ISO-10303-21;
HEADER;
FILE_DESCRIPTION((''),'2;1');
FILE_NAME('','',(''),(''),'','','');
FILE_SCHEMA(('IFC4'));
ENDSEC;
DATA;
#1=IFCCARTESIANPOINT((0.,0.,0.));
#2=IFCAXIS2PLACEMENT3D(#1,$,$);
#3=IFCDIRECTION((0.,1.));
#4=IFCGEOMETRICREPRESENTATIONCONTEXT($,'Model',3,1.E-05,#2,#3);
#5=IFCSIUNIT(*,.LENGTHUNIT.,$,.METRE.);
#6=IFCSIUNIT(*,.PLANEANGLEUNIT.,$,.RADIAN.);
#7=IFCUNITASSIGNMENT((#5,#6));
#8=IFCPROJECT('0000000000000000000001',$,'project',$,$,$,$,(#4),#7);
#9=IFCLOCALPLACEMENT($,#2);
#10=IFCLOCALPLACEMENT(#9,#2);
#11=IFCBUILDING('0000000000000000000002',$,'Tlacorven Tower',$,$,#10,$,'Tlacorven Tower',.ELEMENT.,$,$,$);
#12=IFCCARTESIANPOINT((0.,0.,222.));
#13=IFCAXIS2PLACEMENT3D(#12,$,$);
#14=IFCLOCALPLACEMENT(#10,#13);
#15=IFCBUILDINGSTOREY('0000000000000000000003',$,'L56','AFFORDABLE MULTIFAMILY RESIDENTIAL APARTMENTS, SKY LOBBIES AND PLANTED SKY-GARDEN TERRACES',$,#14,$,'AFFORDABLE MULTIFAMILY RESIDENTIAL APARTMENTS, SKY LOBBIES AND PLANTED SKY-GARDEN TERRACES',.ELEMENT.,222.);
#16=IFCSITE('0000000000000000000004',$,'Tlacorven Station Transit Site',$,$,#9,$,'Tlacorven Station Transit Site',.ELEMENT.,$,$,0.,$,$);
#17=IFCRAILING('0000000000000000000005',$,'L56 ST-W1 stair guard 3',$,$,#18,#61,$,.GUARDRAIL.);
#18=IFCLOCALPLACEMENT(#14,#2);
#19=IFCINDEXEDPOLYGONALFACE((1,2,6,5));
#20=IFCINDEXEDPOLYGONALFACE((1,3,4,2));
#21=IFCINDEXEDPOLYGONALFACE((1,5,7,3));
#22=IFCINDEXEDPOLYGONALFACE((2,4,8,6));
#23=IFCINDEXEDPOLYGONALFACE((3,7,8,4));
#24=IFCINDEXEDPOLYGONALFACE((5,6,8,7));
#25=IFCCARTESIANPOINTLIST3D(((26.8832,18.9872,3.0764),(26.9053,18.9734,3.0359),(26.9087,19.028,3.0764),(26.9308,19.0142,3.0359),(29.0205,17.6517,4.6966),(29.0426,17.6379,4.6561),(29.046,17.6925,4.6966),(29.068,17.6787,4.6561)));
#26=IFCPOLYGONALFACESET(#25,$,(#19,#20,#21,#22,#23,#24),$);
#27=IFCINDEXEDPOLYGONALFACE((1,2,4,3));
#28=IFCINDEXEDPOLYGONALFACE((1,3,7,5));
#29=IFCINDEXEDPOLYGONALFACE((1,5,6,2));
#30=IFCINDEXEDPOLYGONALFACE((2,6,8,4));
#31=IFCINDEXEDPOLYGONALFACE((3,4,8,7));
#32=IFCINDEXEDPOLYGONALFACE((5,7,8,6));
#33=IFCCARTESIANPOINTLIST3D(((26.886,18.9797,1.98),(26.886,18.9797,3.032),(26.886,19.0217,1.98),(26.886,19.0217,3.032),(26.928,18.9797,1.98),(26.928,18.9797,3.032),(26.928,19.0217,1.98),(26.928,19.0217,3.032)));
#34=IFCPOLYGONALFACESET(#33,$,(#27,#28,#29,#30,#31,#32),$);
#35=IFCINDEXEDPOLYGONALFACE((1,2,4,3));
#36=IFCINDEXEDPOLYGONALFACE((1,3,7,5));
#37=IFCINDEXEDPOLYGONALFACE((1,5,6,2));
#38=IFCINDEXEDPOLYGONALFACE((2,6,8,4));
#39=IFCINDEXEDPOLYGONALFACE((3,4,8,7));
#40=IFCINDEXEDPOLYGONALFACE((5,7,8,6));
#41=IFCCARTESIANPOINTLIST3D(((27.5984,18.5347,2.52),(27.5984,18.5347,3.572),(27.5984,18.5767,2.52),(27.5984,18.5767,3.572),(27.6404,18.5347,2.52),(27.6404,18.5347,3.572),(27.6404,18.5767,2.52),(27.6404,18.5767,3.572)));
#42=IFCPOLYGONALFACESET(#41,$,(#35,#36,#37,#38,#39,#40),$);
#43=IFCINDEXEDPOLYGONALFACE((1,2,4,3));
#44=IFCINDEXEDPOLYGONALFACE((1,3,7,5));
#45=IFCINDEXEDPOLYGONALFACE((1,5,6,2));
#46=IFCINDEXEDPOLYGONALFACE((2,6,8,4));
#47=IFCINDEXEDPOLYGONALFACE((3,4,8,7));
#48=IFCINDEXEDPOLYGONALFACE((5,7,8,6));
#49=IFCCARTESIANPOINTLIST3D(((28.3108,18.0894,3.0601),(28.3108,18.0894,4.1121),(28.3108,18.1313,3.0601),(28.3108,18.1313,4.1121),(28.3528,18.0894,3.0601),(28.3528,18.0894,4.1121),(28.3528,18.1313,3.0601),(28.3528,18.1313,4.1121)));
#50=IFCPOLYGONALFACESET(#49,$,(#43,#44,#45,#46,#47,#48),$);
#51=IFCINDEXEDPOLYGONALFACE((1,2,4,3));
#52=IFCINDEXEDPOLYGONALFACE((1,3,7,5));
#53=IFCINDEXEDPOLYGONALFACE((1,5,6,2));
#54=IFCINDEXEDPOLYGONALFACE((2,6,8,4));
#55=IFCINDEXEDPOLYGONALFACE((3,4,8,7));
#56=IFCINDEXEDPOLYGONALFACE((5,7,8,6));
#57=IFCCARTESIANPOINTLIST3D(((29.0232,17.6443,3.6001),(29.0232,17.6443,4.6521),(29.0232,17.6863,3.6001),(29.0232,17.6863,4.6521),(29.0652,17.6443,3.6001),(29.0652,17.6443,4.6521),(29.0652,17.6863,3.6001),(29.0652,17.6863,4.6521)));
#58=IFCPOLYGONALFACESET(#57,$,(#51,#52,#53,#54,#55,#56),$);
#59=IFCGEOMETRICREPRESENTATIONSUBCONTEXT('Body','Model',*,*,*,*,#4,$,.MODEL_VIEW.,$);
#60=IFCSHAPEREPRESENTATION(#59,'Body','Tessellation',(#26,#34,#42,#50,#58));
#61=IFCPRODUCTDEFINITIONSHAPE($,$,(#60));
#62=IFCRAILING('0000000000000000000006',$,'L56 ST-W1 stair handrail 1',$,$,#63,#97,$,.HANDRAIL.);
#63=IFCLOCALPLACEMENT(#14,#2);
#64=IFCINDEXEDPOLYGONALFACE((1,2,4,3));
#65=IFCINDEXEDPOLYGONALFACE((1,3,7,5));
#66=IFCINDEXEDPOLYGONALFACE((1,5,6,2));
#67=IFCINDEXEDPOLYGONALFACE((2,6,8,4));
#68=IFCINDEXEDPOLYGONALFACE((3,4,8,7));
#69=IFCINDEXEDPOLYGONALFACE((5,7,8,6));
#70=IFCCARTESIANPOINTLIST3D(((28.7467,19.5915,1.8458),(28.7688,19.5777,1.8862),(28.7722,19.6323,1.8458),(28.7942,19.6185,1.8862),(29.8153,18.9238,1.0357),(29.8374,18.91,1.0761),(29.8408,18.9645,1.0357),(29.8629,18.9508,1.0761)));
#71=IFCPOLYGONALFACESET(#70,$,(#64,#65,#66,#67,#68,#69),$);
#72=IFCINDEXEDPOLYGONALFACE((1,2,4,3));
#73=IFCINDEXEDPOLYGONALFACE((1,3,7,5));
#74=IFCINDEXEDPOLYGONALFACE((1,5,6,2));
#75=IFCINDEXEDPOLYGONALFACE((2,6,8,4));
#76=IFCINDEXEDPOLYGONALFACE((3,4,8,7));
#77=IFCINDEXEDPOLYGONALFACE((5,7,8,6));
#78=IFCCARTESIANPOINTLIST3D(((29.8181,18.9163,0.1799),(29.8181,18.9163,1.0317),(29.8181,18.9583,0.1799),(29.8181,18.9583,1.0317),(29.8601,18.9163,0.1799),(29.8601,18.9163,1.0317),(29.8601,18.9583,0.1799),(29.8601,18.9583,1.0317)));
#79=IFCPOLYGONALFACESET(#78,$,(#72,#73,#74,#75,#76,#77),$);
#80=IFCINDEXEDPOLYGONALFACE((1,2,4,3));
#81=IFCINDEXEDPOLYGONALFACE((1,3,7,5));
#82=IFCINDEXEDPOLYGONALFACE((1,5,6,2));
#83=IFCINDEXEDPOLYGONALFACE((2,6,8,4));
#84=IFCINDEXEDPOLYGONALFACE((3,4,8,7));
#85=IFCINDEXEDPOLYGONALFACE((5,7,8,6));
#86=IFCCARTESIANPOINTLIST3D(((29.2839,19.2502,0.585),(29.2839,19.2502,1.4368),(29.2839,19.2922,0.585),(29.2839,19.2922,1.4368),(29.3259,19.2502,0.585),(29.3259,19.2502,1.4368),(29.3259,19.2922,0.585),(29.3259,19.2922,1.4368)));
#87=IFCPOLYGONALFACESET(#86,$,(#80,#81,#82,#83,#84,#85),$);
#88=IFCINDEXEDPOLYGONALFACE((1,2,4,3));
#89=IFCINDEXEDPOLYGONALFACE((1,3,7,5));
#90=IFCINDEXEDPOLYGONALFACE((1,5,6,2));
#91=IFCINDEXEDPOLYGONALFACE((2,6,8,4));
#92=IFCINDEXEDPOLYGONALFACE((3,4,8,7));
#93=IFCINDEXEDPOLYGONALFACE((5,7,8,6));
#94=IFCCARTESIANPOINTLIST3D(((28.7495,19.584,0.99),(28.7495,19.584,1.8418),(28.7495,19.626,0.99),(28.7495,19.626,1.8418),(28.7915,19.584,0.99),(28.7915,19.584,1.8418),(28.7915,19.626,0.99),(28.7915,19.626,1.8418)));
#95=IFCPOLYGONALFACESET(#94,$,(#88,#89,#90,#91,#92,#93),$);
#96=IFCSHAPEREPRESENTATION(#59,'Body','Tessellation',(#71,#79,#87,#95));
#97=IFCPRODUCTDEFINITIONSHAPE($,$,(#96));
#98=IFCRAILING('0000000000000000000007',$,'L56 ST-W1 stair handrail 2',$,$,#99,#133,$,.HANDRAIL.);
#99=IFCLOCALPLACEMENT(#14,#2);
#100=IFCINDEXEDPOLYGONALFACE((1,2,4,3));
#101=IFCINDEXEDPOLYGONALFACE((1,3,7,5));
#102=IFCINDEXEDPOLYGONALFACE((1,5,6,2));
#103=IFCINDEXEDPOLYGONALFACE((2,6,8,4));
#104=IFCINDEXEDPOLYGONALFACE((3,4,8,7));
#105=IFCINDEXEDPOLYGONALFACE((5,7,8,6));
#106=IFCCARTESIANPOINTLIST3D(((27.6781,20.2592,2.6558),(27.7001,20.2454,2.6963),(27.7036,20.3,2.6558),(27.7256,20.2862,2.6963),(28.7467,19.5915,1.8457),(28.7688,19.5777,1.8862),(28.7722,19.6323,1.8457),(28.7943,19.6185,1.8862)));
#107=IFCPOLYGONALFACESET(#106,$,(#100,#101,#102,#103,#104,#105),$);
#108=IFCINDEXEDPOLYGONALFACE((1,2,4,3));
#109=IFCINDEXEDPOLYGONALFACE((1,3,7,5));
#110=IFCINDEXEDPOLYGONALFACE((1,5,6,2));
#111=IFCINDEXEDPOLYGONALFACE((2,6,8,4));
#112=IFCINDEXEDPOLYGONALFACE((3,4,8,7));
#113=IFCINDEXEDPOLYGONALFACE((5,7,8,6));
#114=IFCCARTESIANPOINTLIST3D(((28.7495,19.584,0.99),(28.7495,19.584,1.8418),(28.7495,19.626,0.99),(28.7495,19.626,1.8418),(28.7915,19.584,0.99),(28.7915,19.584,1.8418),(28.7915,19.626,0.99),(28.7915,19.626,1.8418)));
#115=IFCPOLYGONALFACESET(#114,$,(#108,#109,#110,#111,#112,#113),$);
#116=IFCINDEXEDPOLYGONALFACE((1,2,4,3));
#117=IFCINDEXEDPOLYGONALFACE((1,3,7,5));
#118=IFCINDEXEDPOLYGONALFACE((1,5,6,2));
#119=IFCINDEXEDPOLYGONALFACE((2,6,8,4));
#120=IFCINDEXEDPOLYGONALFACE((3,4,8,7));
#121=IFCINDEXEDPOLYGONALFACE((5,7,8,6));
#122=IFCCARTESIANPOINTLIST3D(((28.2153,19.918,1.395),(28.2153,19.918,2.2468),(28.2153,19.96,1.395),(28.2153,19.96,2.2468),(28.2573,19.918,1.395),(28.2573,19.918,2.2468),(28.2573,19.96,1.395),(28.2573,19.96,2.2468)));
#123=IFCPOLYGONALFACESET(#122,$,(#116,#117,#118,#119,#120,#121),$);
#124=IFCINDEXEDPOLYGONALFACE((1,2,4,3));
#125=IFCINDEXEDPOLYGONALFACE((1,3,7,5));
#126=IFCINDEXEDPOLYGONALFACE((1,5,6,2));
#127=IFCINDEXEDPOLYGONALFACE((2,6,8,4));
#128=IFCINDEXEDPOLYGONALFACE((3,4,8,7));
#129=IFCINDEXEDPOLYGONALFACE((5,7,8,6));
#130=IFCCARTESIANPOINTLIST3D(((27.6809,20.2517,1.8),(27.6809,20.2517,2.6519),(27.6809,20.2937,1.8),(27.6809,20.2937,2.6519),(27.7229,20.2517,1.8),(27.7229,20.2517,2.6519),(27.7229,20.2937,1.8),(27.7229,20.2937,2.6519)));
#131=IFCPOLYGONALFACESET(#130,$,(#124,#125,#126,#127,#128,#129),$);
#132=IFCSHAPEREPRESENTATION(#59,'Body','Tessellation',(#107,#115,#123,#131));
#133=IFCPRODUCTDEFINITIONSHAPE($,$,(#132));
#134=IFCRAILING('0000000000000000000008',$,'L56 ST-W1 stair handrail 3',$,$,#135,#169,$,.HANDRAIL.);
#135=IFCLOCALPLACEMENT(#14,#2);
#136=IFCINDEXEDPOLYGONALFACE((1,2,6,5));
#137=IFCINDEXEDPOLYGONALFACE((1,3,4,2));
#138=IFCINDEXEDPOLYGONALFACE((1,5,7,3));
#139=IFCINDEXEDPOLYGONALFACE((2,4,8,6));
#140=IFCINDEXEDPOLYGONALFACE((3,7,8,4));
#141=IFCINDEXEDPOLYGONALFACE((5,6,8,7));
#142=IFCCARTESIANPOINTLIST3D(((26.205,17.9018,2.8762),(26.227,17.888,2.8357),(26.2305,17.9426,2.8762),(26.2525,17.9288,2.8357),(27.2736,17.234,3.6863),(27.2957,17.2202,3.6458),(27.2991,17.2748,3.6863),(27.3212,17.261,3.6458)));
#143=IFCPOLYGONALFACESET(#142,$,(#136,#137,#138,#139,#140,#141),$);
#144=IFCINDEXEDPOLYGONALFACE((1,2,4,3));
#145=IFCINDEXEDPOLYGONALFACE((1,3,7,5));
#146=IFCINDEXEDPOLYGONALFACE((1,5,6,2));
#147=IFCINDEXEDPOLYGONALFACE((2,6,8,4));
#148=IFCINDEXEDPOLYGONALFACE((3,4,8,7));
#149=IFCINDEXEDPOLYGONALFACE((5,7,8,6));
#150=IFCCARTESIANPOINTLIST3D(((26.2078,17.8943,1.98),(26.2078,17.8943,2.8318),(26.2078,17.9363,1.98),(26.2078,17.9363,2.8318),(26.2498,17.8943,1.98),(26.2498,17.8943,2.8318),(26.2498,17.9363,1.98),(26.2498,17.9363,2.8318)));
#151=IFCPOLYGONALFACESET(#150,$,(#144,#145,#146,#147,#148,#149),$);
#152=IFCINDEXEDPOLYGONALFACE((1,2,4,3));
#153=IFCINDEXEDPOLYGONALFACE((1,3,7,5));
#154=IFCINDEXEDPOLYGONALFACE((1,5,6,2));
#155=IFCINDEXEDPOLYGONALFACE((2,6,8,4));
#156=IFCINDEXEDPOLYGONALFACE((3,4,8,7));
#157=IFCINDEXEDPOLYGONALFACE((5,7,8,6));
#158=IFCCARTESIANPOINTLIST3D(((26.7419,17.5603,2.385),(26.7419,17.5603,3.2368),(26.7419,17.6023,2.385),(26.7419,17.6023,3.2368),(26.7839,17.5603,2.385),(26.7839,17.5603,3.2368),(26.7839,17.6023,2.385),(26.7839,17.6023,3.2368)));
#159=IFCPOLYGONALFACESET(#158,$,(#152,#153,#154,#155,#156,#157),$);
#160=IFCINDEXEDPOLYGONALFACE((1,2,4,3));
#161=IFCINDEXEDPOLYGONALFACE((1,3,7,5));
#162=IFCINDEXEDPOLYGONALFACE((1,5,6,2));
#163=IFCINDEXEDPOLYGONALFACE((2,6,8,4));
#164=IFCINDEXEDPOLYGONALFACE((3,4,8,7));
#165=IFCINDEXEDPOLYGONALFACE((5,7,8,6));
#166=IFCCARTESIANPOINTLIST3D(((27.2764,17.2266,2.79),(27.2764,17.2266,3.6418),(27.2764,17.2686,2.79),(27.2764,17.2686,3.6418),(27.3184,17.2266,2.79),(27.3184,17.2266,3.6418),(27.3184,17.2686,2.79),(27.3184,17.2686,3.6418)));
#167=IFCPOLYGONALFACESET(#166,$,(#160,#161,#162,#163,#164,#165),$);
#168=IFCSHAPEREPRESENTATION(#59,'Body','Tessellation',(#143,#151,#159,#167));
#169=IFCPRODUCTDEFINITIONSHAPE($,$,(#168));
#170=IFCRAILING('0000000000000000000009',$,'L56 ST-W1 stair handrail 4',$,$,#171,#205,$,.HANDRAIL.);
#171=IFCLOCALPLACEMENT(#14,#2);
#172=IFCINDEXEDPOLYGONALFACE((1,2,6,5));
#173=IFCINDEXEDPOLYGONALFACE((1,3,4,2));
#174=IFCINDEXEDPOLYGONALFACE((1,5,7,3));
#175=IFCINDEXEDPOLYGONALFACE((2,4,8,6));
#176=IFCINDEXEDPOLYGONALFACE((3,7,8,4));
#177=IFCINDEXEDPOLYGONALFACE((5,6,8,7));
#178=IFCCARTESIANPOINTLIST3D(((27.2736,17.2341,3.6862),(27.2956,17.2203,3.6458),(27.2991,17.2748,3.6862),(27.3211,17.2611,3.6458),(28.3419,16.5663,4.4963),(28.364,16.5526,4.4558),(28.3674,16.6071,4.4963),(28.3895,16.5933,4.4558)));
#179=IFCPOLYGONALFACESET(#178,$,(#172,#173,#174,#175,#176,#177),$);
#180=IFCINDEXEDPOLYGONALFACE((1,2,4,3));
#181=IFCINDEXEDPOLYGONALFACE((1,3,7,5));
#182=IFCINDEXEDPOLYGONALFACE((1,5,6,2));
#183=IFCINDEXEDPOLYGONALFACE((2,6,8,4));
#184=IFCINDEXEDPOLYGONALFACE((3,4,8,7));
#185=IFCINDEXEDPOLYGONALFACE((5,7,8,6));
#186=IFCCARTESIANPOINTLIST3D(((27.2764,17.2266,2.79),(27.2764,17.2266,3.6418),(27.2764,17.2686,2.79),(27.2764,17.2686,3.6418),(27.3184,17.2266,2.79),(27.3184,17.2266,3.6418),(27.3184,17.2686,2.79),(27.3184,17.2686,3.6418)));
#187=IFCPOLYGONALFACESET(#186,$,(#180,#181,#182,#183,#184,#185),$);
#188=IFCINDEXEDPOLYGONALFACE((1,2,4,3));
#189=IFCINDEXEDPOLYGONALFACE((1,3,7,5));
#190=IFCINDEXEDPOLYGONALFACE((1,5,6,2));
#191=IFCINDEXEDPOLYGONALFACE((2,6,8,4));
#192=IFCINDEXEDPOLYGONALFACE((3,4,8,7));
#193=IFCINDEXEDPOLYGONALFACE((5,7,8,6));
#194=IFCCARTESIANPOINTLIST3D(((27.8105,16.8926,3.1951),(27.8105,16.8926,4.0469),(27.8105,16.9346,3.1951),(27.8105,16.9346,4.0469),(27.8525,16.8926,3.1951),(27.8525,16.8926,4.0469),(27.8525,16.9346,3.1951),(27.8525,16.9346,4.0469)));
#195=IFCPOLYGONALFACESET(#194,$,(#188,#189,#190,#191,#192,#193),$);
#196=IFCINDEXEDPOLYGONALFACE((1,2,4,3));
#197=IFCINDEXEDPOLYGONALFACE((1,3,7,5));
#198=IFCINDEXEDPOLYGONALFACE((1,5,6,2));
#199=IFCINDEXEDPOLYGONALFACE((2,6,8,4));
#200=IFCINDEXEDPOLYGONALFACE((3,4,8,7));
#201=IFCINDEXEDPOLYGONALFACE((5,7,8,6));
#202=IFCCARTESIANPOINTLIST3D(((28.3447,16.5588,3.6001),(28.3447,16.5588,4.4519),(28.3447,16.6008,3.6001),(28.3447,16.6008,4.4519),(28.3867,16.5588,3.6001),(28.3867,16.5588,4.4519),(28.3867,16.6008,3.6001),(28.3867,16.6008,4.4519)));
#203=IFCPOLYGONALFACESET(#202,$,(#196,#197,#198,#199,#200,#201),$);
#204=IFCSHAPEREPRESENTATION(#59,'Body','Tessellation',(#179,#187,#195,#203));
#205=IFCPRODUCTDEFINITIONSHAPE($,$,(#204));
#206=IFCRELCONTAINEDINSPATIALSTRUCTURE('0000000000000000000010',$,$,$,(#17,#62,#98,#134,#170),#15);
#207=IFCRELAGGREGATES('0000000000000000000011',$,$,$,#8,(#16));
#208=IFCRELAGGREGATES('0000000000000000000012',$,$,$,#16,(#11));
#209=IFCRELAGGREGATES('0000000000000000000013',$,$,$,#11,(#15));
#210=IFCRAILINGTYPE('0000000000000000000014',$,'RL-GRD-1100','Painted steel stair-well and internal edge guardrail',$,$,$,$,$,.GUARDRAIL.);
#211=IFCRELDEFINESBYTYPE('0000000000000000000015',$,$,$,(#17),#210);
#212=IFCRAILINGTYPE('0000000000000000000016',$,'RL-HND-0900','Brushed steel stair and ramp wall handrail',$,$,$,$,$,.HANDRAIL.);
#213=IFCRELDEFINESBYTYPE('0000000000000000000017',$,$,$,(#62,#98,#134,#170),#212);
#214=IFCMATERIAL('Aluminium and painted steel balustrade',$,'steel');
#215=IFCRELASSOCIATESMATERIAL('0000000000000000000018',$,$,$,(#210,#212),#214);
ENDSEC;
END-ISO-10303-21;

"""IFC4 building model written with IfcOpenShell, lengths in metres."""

from ifc_helpers import new_model, si_unit, direction, frame, origin, origin_2d, place, context, subcontext, project, spatial, rectangle, extrude, source, transform, mapped, material, type_object, element, save


model = new_model("IFC4")

# Units and contexts
model_context = context("Model", 3, precision=1e-05, world=origin(), true_north=direction((0.0, 1.0)))
body_context = subcontext(model_context, "Body", "Model", "MODEL_VIEW")
ifc_project = project(units=[si_unit("LENGTHUNIT", "METRE"), si_unit("PLANEANGLEUNIT", "RADIAN")], contexts=[model_context])

# Site, building, storey
site_placement = place(None, origin())
site = spatial("IfcSite", under=ifc_project, at=site_placement, Name="Tlacorven Station Transit Site", LongName="Tlacorven Station Transit Site", CompositionType="ELEMENT", RefElevation=0.0)
building_placement = place(site_placement, origin())
building = spatial("IfcBuilding", under=site, at=building_placement, Name="Tlacorven Tower", LongName="Tlacorven Tower", CompositionType="ELEMENT")
storey_placement = place(building_placement, frame((0.0, 0.0, 222.0)))
storey = spatial("IfcBuildingStorey", under=building, at=storey_placement, Name="L56", Description="AFFORDABLE MULTIFAMILY RESIDENTIAL APARTMENTS, SKY LOBBIES AND PLANTED SKY-GARDEN TERRACES", LongName="AFFORDABLE MULTIFAMILY RESIDENTIAL APARTMENTS, SKY LOBBIES AND PLANTED SKY-GARDEN TERRACES", CompositionType="ELEMENT", Elevation=222.0)

# Railings
ifc_material_1 = material(Name="Aluminium and painted steel balustrade", Category="steel")
railing_type_1 = type_object("IfcRailingType", Name="RL-GRD-1100", Description="Painted steel stair-well and internal edge guardrail", PredefinedType="GUARDRAIL", material=ifc_material_1)
shared_shape_1 = source(origin(), body_context, "Body", "SweptSolid", [
    extrude(rectangle(XDim=0.0481, YDim=0.0481, at=origin_2d()), frame((0.0, 0.0, 1.0762), z_axis=(0.71336, -0.445748, 0.540765), x_axis=(0.529912, 0.848053, 0.0)), (0.0, 0.0, 1.0), 2.9961),
    extrude(rectangle(XDim=0.042, YDim=0.042, at=origin_2d()), origin(), (0.0, 0.0, 1.0), 1.052),
    extrude(rectangle(XDim=0.042, YDim=0.042, at=origin_2d()), frame((0.7124, -0.4451, 0.54)), (0.0, 0.0, 1.0), 1.052),
    extrude(rectangle(XDim=0.042, YDim=0.042, at=origin_2d()), frame((1.4248, -0.8904, 1.0801)), (0.0, 0.0, 1.0), 1.052),
    extrude(rectangle(XDim=0.042, YDim=0.042, at=origin_2d()), frame((2.1372, -1.3354, 1.6201)), (0.0, 0.0, 1.0), 1.052),
])
railing_1_placement = place(storey_placement, frame((26.907, 19.0007, 1.98)))
element("IfcRailing", 1, at=railing_1_placement, inside=storey, type_object=railing_type_1, Name="L56 ST-W1 stair guard 3", PredefinedType="GUARDRAIL", context=body_context, shape_type="MappedRepresentation", body=[
    mapped(shared_shape_1, transform((0.0, 0.0, 0.0), scale=1.0)),
])
railing_type_2 = type_object("IfcRailingType", Name="RL-HND-0900", Description="Brushed steel stair and ramp wall handrail", PredefinedType="HANDRAIL", material=ifc_material_1)
shared_shape_2 = source(origin(), body_context, "Body", "SweptSolid", [
    extrude(rectangle(XDim=0.0481, YDim=0.0481, at=origin_2d()), frame((0.0, 0.0, 0.876), z_axis=(-0.71336, 0.445748, 0.540765), x_axis=(-0.529912, -0.848053, 0.0)), (0.0, 0.0, 1.0), 1.498),
    extrude(rectangle(XDim=0.042, YDim=0.042, at=origin_2d()), origin(), (0.0, 0.0, 1.0), 0.8518),
    extrude(rectangle(XDim=0.042, YDim=0.042, at=origin_2d()), frame((-0.5342, 0.334, 0.405)), (0.0, 0.0, 1.0), 0.8518),
    extrude(rectangle(XDim=0.042, YDim=0.042, at=origin_2d()), frame((-1.0686, 0.6677, 0.8101)), (0.0, 0.0, 1.0), 0.8518),
])
for number, where, name in (
    (2, (29.8391, 18.9373, 0.1799), "L56 ST-W1 stair handrail 1"),
    (3, (28.7705, 19.605, 0.99), "L56 ST-W1 stair handrail 2"),
):
    element("IfcRailing", number, at=place(storey_placement, frame(where)), inside=storey, type_object=railing_type_2, Name=name, PredefinedType="HANDRAIL", context=body_context, shape_type="MappedRepresentation", body=[
        mapped(shared_shape_2, transform((0.0, 0.0, 0.0), scale=1.0)),
    ])
shared_shape_3 = source(origin(), body_context, "Body", "SweptSolid", [
    extrude(rectangle(XDim=0.0481, YDim=0.0481, at=origin_2d()), frame((0.0, 0.0, 0.876), z_axis=(0.71336, -0.445748, 0.540765), x_axis=(0.529912, 0.848053, 0.0)), (0.0, 0.0, 1.0), 1.498),
    extrude(rectangle(XDim=0.042, YDim=0.042, at=origin_2d()), origin(), (0.0, 0.0, 1.0), 0.8518),
    extrude(rectangle(XDim=0.042, YDim=0.042, at=origin_2d()), frame((0.5342, -0.334, 0.405)), (0.0, 0.0, 1.0), 0.8518),
    extrude(rectangle(XDim=0.042, YDim=0.042, at=origin_2d()), frame((1.0686, -0.6677, 0.8101)), (0.0, 0.0, 1.0), 0.8518),
])
railing_2_placement = place(storey_placement, frame((26.2288, 17.9153, 1.98)))
element("IfcRailing", 4, at=railing_2_placement, inside=storey, type_object=railing_type_2, Name="L56 ST-W1 stair handrail 3", PredefinedType="HANDRAIL", context=body_context, shape_type="MappedRepresentation", body=[
    mapped(shared_shape_3, transform((0.0, 0.0, 0.0), scale=1.0)),
])
shared_shape_4 = source(origin(), body_context, "Body", "SweptSolid", [
    extrude(rectangle(XDim=0.0481, YDim=0.0481, at=origin_2d()), frame((0.0, 0.0, 0.876), z_axis=(0.71328, -0.4458, 0.540828), x_axis=(0.529999, 0.847998, 0.0)), (0.0, 0.0, 1.0), 1.4978),
    extrude(rectangle(XDim=0.042, YDim=0.042, at=origin_2d()), origin(), (0.0, 0.0, 1.0), 0.8518),
    extrude(rectangle(XDim=0.042, YDim=0.042, at=origin_2d()), frame((0.5342, -0.334, 0.405)), (0.0, 0.0, 1.0), 0.8518),
    extrude(rectangle(XDim=0.042, YDim=0.042, at=origin_2d()), frame((1.0684, -0.6677, 0.8101)), (0.0, 0.0, 1.0), 0.8518),
])
railing_3_placement = place(storey_placement, frame((27.2974, 17.2476, 2.79)))
element("IfcRailing", 5, at=railing_3_placement, inside=storey, type_object=railing_type_2, Name="L56 ST-W1 stair handrail 4", PredefinedType="HANDRAIL", context=body_context, shape_type="MappedRepresentation", body=[
    mapped(shared_shape_4, transform((0.0, 0.0, 0.0), scale=1.0)),
])

save(model, "model.ifc")
